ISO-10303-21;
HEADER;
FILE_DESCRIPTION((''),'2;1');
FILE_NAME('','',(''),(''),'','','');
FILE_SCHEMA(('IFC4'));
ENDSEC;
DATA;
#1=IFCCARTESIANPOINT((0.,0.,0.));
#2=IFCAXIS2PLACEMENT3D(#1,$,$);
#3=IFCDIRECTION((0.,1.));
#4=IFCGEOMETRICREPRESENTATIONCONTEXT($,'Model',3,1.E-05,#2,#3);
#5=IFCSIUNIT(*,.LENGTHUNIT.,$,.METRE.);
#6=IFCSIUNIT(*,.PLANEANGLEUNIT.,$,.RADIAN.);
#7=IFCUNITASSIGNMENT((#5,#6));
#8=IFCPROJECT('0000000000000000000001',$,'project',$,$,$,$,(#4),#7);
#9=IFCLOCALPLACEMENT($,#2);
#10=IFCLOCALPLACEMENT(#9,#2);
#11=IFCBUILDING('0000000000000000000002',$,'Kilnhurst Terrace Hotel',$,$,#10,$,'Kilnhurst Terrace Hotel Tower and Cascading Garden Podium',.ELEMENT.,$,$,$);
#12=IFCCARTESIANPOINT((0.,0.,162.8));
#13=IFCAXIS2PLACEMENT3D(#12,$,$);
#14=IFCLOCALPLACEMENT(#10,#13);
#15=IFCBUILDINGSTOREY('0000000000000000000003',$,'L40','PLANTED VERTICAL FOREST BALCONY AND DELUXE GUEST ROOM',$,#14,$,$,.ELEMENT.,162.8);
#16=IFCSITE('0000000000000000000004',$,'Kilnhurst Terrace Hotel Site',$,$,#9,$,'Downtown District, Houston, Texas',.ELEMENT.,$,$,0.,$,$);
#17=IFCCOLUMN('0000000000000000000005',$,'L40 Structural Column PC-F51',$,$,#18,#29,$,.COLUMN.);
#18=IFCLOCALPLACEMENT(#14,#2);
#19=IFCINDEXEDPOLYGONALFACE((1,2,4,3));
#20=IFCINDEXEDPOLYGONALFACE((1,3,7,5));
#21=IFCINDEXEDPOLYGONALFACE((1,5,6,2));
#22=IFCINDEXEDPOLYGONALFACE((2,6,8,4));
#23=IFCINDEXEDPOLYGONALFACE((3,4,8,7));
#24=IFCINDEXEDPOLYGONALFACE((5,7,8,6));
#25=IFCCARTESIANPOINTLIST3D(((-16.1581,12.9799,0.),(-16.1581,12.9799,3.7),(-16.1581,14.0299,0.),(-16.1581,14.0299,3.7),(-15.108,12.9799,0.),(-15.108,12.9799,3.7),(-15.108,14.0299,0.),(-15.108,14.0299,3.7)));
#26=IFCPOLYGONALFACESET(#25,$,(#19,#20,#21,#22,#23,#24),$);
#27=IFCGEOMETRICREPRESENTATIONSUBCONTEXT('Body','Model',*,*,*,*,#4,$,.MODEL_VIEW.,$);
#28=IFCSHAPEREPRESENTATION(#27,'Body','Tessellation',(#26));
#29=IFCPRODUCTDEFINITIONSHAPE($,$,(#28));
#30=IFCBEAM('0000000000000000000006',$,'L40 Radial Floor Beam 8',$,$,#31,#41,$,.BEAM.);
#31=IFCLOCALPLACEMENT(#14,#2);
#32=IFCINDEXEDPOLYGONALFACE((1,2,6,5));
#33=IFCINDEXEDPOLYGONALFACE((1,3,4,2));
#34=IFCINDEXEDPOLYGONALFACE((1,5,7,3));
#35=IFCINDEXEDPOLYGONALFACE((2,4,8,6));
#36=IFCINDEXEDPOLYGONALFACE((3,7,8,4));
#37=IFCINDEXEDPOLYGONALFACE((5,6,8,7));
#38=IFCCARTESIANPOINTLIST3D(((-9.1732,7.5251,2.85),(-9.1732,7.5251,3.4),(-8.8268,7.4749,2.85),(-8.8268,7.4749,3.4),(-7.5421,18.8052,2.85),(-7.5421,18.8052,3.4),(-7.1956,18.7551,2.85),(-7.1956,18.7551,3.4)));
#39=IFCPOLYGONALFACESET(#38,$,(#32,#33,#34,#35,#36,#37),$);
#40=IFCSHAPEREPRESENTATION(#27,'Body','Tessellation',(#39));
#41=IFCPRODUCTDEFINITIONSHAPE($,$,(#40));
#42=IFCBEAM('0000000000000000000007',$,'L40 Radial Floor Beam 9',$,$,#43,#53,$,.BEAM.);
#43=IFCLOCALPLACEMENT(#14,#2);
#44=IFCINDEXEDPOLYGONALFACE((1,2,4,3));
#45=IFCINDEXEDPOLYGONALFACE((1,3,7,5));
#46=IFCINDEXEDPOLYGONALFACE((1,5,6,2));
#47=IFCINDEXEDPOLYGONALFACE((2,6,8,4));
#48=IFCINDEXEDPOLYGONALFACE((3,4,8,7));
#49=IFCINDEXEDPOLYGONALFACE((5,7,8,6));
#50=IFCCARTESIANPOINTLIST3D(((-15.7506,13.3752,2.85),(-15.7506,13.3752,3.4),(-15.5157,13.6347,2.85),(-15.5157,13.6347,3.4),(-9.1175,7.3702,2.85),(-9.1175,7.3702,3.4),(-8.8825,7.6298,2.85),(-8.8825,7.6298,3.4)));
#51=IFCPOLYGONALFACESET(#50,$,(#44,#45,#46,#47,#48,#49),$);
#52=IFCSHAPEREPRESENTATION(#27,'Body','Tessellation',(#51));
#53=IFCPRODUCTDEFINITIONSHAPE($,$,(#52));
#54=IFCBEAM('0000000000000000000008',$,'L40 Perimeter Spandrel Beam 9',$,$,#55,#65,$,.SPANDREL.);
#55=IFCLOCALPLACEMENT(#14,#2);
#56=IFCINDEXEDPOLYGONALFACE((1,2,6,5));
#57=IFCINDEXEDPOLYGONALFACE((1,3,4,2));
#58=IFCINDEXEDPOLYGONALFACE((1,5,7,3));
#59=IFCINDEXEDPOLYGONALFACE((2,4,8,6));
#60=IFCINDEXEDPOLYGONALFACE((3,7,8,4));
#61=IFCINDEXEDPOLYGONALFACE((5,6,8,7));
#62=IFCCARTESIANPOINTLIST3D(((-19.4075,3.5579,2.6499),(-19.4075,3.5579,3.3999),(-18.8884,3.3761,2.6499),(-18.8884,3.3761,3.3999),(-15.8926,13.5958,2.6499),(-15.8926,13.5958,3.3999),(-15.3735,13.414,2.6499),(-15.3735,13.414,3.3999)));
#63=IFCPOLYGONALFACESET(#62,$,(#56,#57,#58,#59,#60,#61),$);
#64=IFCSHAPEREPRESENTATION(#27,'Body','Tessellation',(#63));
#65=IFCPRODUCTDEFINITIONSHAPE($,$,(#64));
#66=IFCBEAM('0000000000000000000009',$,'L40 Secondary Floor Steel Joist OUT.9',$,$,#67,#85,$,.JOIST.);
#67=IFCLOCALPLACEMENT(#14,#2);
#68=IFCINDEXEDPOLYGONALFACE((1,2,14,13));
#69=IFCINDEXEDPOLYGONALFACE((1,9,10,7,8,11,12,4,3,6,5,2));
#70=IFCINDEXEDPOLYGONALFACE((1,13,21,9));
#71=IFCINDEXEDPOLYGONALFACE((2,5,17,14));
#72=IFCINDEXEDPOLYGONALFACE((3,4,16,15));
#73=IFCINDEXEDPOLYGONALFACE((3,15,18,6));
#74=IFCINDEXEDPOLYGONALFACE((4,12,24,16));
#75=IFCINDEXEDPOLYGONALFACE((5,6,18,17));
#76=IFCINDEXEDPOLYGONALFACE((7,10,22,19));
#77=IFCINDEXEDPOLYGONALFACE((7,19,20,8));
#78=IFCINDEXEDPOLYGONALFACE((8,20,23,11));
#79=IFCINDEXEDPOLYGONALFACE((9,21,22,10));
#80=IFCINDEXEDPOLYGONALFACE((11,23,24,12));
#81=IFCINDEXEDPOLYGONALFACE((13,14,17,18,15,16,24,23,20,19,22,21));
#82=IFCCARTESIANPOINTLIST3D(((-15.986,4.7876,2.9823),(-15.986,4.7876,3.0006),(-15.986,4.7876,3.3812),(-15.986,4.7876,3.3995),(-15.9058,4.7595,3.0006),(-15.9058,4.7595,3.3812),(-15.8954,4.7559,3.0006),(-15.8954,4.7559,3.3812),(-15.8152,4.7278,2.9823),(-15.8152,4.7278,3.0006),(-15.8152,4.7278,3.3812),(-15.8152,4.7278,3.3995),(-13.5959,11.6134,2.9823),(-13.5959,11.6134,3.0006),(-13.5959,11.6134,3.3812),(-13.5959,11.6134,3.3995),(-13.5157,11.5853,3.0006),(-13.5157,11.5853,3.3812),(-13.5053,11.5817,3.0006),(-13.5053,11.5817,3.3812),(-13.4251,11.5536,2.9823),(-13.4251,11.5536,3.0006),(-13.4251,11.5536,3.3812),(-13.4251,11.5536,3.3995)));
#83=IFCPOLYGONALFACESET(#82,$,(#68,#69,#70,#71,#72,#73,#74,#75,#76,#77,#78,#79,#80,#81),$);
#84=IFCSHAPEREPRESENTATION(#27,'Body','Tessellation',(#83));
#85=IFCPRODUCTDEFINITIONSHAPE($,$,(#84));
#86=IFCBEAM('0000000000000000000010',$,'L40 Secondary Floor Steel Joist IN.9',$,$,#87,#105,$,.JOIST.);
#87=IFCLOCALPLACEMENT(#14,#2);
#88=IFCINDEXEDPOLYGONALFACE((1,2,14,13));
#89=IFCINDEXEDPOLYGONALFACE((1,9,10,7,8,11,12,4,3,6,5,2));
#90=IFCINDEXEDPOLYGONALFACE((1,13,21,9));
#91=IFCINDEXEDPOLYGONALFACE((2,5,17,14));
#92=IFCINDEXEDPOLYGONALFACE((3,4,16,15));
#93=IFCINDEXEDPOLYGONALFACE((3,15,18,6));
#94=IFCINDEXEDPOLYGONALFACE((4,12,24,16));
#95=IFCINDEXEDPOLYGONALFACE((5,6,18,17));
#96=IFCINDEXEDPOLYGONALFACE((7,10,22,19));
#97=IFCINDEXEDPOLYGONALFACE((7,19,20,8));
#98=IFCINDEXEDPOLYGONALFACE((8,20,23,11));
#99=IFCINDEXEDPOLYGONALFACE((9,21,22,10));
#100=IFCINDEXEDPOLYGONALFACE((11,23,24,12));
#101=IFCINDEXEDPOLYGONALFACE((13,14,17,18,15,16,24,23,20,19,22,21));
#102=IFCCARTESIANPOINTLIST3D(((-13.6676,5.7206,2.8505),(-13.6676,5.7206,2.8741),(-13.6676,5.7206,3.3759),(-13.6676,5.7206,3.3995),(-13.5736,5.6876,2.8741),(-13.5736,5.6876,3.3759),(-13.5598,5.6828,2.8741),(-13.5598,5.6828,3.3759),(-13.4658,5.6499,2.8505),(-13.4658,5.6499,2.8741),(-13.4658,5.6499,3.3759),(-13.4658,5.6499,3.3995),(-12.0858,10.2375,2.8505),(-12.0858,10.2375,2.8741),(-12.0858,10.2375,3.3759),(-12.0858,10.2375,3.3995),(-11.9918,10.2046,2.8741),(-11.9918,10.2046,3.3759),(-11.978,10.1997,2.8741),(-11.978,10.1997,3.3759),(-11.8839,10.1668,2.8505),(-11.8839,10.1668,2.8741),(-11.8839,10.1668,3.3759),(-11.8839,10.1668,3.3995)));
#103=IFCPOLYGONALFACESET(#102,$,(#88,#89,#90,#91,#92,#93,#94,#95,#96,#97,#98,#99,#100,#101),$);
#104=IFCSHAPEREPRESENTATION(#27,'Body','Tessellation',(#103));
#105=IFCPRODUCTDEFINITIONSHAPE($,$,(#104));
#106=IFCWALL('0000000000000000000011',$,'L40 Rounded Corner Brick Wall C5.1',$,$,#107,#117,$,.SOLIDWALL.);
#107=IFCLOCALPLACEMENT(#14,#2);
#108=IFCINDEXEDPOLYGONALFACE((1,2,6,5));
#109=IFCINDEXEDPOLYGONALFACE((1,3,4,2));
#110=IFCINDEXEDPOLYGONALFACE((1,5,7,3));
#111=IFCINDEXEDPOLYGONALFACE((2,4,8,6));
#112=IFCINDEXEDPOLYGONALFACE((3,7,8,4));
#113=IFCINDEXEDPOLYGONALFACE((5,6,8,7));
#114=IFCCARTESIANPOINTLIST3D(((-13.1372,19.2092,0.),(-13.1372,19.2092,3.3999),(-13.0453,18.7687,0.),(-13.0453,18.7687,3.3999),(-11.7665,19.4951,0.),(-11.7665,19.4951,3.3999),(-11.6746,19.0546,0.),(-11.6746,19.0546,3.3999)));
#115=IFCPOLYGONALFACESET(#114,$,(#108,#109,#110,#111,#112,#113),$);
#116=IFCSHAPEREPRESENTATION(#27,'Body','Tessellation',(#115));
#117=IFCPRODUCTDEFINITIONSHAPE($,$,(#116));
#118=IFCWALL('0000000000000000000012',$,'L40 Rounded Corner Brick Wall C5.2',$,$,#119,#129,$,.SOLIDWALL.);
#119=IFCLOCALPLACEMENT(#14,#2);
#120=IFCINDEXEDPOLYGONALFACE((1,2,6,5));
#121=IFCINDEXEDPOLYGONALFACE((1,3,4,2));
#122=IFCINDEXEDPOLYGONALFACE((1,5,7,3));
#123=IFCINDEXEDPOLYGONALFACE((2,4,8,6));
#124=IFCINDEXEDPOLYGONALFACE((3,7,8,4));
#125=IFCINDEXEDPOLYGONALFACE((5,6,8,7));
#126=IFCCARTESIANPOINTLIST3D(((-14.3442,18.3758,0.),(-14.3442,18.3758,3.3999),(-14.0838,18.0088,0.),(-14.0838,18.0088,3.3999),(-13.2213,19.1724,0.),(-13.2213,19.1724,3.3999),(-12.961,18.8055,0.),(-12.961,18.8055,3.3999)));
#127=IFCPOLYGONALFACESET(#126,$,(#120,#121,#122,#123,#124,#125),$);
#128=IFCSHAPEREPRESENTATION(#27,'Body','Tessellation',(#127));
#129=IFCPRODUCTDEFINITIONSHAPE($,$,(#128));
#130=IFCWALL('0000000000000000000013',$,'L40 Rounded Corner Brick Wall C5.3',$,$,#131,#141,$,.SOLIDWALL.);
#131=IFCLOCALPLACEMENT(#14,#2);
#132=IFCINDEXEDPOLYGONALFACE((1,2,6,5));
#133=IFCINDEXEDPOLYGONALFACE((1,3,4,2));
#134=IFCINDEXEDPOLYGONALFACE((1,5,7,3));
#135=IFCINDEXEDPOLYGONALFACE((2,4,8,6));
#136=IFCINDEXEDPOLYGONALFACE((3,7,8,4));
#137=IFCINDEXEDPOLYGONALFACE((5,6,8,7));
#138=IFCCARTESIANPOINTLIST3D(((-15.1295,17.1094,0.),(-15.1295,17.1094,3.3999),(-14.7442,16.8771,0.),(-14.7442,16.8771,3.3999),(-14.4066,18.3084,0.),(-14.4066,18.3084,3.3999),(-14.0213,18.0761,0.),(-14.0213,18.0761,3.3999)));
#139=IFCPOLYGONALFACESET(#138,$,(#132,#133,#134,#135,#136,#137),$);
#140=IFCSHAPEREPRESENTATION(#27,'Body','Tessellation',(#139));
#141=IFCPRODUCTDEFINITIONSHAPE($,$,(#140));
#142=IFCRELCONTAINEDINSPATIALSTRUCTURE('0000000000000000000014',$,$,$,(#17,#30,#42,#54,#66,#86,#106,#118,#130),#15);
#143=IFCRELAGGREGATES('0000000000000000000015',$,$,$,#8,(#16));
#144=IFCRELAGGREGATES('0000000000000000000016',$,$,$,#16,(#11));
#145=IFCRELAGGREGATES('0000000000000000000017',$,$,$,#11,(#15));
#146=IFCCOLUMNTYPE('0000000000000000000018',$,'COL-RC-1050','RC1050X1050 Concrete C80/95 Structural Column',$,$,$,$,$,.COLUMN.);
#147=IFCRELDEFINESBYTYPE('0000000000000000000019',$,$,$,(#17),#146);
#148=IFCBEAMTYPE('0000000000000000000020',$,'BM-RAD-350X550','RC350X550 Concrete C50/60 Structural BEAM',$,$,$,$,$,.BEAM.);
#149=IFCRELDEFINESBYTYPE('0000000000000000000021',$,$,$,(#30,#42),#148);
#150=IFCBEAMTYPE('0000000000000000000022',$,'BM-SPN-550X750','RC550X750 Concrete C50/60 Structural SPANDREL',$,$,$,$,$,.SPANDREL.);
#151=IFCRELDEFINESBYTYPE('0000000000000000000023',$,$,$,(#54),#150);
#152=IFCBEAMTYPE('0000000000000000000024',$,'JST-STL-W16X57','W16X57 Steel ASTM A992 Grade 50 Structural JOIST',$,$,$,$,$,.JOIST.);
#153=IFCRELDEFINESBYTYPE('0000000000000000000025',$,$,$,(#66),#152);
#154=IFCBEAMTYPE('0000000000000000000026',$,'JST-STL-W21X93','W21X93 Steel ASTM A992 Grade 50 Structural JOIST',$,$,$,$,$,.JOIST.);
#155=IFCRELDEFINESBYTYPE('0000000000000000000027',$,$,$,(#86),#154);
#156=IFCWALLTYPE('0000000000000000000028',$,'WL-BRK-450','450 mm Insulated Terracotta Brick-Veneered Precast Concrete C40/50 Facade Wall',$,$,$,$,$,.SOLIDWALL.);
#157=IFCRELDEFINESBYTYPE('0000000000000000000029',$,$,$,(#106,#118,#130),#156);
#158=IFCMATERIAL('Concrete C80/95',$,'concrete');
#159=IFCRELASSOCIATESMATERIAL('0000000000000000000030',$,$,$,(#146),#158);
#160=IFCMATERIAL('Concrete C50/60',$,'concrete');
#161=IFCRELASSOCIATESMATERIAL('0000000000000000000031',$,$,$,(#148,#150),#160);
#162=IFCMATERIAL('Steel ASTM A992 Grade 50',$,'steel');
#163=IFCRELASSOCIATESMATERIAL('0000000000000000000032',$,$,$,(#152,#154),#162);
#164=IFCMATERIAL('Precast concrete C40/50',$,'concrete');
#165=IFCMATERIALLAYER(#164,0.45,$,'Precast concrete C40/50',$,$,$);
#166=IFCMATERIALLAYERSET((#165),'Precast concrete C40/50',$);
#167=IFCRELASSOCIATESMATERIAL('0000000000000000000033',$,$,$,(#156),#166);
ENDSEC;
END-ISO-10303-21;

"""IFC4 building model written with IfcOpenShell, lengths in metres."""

from ifc_helpers import new_model, si_unit, direction, frame, frame_2d, origin, origin_2d, place, context, subcontext, project, spatial, rectangle, i_section, extrude, material, layer, layer_set, material_profile, profile_set, type_object, element, save


model = new_model("IFC4")

# Units and contexts
model_context = context("Model", 3, precision=1e-05, world=origin(), true_north=direction((0.0, 1.0)))
body_context = subcontext(model_context, "Body", "Model", "MODEL_VIEW")
ifc_project = project(units=[si_unit("LENGTHUNIT", "METRE"), si_unit("PLANEANGLEUNIT", "RADIAN")], contexts=[model_context])

# Site, building, storey
site_placement = place(None, origin())
site = spatial("IfcSite", under=ifc_project, at=site_placement, Name="Kilnhurst Terrace Hotel Site", LongName="Downtown District, Houston, Texas", CompositionType="ELEMENT", RefElevation=0.0)
building_placement = place(site_placement, origin())
building = spatial("IfcBuilding", under=site, at=building_placement, Name="Kilnhurst Terrace Hotel", LongName="Kilnhurst Terrace Hotel Tower and Cascading Garden Podium", CompositionType="ELEMENT")
storey_placement = place(building_placement, frame((0.0, 0.0, 162.8)))
storey = spatial("IfcBuildingStorey", under=building, at=storey_placement, Name="L40", Description="PLANTED VERTICAL FOREST BALCONY AND DELUXE GUEST ROOM", CompositionType="ELEMENT", Elevation=162.8)

# Column
ifc_material_1 = material(Name="Concrete C80/95", Category="concrete")
ifc_material_profile_1 = material_profile(ifc_material_1, rectangle(XDim=1.05, YDim=1.05, at=origin_2d()), Name="RC1050X1050")
ifc_profile_set_1 = profile_set([ifc_material_profile_1], Name="Concrete C80/95")
column_type = type_object("IfcColumnType", Name="COL-RC-1050", Description="RC1050X1050 Concrete C80/95 Structural Column", PredefinedType="COLUMN", material=ifc_profile_set_1)
column_placement = place(storey_placement, frame((-15.6331, 13.5049, 0.0), z_axis=(0.0, 0.0, 1.0), x_axis=(1.0, 0.0, 0.0)))
element("IfcColumn", 1, at=column_placement, inside=storey, type_object=column_type, Name="L40 Structural Column PC-F51", PredefinedType="COLUMN", context=body_context, shape_type="SweptSolid", body=[
    extrude(rectangle(XDim=1.05, YDim=1.05, at=origin_2d()), origin(), (0.0, 0.0, 1.0), 3.7),
])

# Beams
ifc_material_2 = material(Name="Concrete C50/60", Category="concrete")
ifc_material_profile_2 = material_profile(ifc_material_2, rectangle(XDim=0.3501, YDim=0.55, at=origin_2d()), Name="RC350X550")
ifc_profile_set_2 = profile_set([ifc_material_profile_2], Name="Concrete C50/60")
beam_type_1 = type_object("IfcBeamType", Name="BM-RAD-350X550", Description="RC350X550 Concrete C50/60 Structural BEAM", PredefinedType="BEAM", material=ifc_profile_set_2)
beam_1_placement = place(storey_placement, frame((-9.0, 7.5, 3.125), z_axis=(0.143113, 0.989706, 0.0), x_axis=(-0.989706, 0.143113, 0.0)))
element("IfcBeam", 2, at=beam_1_placement, inside=storey, type_object=beam_type_1, Name="L40 Radial Floor Beam 8", PredefinedType="BEAM", context=body_context, shape_type="SweptSolid", body=[
    extrude(rectangle(XDim=0.3501, YDim=0.55, at=origin_2d()), origin(), (0.0, 0.0, 1.0), 11.3975),
])
beam_2_placement = place(storey_placement, frame((-9.0, 7.5, 3.125), z_axis=(-0.741339, 0.671131, 0.0), x_axis=(-0.671131, -0.741339, 0.0)))
element("IfcBeam", 3, at=beam_2_placement, inside=storey, type_object=beam_type_1, Name="L40 Radial Floor Beam 9", PredefinedType="BEAM", context=body_context, shape_type="SweptSolid", body=[
    extrude(rectangle(XDim=0.3501, YDim=0.55, at=origin_2d()), origin(), (0.0, 0.0, 1.0), 8.9475),
])
ifc_material_profile_3 = material_profile(ifc_material_2, rectangle(XDim=0.55, YDim=0.75, at=origin_2d()), Name="RC550X750")
ifc_profile_set_3 = profile_set([ifc_material_profile_3], Name="Concrete C50/60")
beam_type_2 = type_object("IfcBeamType", Name="BM-SPN-550X750", Description="RC550X750 Concrete C50/60 Structural SPANDREL", PredefinedType="SPANDREL", material=ifc_profile_set_3)
beam_3_placement = place(storey_placement, frame((-15.6331, 13.5049, 3.0249), z_axis=(-0.330488, -0.94381, 0.0), x_axis=(0.94381, -0.330488, 0.0)))
element("IfcBeam", 4, at=beam_3_placement, inside=storey, type_object=beam_type_2, Name="L40 Perimeter Spandrel Beam 9", PredefinedType="SPANDREL", context=body_context, shape_type="SweptSolid", body=[
    extrude(rectangle(XDim=0.55, YDim=0.75, at=origin_2d()), origin(), (0.0, 0.0, 1.0), 10.6355),
])
ifc_material_3 = material(Name="Steel ASTM A992 Grade 50", Category="steel")
ifc_material_profile_4 = material_profile(ifc_material_3, i_section(OverallWidth=0.1809, OverallDepth=0.4172, WebThickness=0.011, FlangeThickness=0.0183, at=origin_2d()), Name="W16X57")
ifc_profile_set_4 = profile_set([ifc_material_profile_4], Name="Steel ASTM A992 Grade 50")
beam_type_3 = type_object("IfcBeamType", Name="JST-STL-W16X57", Description="W16X57 Steel ASTM A992 Grade 50 Structural JOIST", PredefinedType="JOIST", material=ifc_profile_set_4)
beam_4_placement = place(storey_placement, frame((-13.5105, 11.5835, 3.1909), z_axis=(-0.330481, -0.943813, 0.0), x_axis=(0.943813, -0.330481, 0.0)))
element("IfcBeam", 5, at=beam_4_placement, inside=storey, type_object=beam_type_3, Name="L40 Secondary Floor Steel Joist OUT.9", PredefinedType="JOIST", context=body_context, shape_type="SweptSolid", body=[
    extrude(i_section(OverallWidth=0.1809, OverallDepth=0.4172, WebThickness=0.011, FlangeThickness=0.0183, at=origin_2d()), origin(), (0.0, 0.0, 1.0), 7.2322),
])
ifc_material_profile_5 = material_profile(ifc_material_3, i_section(OverallWidth=0.2139, OverallDepth=0.5491, WebThickness=0.0146, FlangeThickness=0.0237, at=origin_2d()), Name="W21X93")
ifc_profile_set_5 = profile_set([ifc_material_profile_5], Name="Steel ASTM A992 Grade 50")
beam_type_4 = type_object("IfcBeamType", Name="JST-STL-W21X93", Description="W21X93 Steel ASTM A992 Grade 50 Structural JOIST", PredefinedType="JOIST", material=ifc_profile_set_5)
beam_5_placement = place(storey_placement, frame((-11.9849, 10.2021, 3.125), z_axis=(-0.330516, -0.9438, 0.0), x_axis=(0.9438, -0.330516, 0.0)))
element("IfcBeam", 6, at=beam_5_placement, inside=storey, type_object=beam_type_4, Name="L40 Secondary Floor Steel Joist IN.9", PredefinedType="JOIST", context=body_context, shape_type="SweptSolid", body=[
    extrude(i_section(OverallWidth=0.2139, OverallDepth=0.5491, WebThickness=0.0146, FlangeThickness=0.0237, at=origin_2d()), origin(), (0.0, 0.0, 1.0), 4.7859),
])

# Walls
ifc_material_4 = material(Name="Precast concrete C40/50", Category="concrete")
ifc_layer_1 = layer(ifc_material_4, 0.45, Name="Precast concrete C40/50")
ifc_layer_set_1 = layer_set([ifc_layer_1], Name="Precast concrete C40/50")
wall_type_1 = type_object("IfcWallType", Name="WL-BRK-450", Description="450 mm Insulated Terracotta Brick-Veneered Precast Concrete C40/50 Facade Wall", PredefinedType="SOLIDWALL", material=ifc_layer_set_1)
wall_1_placement = place(storey_placement, frame((-11.7205, 19.2749, 0.0), z_axis=(0.0, 0.0, 1.0), x_axis=(-0.978931, -0.204191, 0.0)))
element("IfcWall", 7, at=wall_1_placement, inside=storey, type_object=wall_type_1, Name="L40 Rounded Corner Brick Wall C5.1", PredefinedType="SOLIDWALL", context=body_context, shape_type="SweptSolid", body=[
    extrude(rectangle(XDim=1.4001, YDim=0.45, at=frame_2d((0.7002, 0.0))), origin(), (0.0, 0.0, 1.0), 3.3999),
])
wall_2_placement = place(storey_placement, frame((-13.0911, 18.989, 0.0), z_axis=(0.0, 0.0, 1.0), x_axis=(-0.815575, -0.578652, 0.0)))
element("IfcWall", 8, at=wall_2_placement, inside=storey, type_object=wall_type_1, Name="L40 Rounded Corner Brick Wall C5.2", PredefinedType="SOLIDWALL", context=body_context, shape_type="SweptSolid", body=[
    extrude(rectangle(XDim=1.3767, YDim=0.45, at=frame_2d((0.6885, 0.0))), origin(), (0.0, 0.0, 1.0), 3.3999),
])
wall_3_placement = place(storey_placement, frame((-14.2139, 18.1924, 0.0), z_axis=(0.0, 0.0, 1.0), x_axis=(-0.516341, -0.856383, 0.0)))
element("IfcWall", 9, at=wall_3_placement, inside=storey, type_object=wall_type_1, Name="L40 Rounded Corner Brick Wall C5.3", PredefinedType="SOLIDWALL", context=body_context, shape_type="SweptSolid", body=[
    extrude(rectangle(XDim=1.4001, YDim=0.45, at=frame_2d((0.7002, 0.0))), origin(), (0.0, 0.0, 1.0), 3.3999),
])

save(model, "model.ifc")
